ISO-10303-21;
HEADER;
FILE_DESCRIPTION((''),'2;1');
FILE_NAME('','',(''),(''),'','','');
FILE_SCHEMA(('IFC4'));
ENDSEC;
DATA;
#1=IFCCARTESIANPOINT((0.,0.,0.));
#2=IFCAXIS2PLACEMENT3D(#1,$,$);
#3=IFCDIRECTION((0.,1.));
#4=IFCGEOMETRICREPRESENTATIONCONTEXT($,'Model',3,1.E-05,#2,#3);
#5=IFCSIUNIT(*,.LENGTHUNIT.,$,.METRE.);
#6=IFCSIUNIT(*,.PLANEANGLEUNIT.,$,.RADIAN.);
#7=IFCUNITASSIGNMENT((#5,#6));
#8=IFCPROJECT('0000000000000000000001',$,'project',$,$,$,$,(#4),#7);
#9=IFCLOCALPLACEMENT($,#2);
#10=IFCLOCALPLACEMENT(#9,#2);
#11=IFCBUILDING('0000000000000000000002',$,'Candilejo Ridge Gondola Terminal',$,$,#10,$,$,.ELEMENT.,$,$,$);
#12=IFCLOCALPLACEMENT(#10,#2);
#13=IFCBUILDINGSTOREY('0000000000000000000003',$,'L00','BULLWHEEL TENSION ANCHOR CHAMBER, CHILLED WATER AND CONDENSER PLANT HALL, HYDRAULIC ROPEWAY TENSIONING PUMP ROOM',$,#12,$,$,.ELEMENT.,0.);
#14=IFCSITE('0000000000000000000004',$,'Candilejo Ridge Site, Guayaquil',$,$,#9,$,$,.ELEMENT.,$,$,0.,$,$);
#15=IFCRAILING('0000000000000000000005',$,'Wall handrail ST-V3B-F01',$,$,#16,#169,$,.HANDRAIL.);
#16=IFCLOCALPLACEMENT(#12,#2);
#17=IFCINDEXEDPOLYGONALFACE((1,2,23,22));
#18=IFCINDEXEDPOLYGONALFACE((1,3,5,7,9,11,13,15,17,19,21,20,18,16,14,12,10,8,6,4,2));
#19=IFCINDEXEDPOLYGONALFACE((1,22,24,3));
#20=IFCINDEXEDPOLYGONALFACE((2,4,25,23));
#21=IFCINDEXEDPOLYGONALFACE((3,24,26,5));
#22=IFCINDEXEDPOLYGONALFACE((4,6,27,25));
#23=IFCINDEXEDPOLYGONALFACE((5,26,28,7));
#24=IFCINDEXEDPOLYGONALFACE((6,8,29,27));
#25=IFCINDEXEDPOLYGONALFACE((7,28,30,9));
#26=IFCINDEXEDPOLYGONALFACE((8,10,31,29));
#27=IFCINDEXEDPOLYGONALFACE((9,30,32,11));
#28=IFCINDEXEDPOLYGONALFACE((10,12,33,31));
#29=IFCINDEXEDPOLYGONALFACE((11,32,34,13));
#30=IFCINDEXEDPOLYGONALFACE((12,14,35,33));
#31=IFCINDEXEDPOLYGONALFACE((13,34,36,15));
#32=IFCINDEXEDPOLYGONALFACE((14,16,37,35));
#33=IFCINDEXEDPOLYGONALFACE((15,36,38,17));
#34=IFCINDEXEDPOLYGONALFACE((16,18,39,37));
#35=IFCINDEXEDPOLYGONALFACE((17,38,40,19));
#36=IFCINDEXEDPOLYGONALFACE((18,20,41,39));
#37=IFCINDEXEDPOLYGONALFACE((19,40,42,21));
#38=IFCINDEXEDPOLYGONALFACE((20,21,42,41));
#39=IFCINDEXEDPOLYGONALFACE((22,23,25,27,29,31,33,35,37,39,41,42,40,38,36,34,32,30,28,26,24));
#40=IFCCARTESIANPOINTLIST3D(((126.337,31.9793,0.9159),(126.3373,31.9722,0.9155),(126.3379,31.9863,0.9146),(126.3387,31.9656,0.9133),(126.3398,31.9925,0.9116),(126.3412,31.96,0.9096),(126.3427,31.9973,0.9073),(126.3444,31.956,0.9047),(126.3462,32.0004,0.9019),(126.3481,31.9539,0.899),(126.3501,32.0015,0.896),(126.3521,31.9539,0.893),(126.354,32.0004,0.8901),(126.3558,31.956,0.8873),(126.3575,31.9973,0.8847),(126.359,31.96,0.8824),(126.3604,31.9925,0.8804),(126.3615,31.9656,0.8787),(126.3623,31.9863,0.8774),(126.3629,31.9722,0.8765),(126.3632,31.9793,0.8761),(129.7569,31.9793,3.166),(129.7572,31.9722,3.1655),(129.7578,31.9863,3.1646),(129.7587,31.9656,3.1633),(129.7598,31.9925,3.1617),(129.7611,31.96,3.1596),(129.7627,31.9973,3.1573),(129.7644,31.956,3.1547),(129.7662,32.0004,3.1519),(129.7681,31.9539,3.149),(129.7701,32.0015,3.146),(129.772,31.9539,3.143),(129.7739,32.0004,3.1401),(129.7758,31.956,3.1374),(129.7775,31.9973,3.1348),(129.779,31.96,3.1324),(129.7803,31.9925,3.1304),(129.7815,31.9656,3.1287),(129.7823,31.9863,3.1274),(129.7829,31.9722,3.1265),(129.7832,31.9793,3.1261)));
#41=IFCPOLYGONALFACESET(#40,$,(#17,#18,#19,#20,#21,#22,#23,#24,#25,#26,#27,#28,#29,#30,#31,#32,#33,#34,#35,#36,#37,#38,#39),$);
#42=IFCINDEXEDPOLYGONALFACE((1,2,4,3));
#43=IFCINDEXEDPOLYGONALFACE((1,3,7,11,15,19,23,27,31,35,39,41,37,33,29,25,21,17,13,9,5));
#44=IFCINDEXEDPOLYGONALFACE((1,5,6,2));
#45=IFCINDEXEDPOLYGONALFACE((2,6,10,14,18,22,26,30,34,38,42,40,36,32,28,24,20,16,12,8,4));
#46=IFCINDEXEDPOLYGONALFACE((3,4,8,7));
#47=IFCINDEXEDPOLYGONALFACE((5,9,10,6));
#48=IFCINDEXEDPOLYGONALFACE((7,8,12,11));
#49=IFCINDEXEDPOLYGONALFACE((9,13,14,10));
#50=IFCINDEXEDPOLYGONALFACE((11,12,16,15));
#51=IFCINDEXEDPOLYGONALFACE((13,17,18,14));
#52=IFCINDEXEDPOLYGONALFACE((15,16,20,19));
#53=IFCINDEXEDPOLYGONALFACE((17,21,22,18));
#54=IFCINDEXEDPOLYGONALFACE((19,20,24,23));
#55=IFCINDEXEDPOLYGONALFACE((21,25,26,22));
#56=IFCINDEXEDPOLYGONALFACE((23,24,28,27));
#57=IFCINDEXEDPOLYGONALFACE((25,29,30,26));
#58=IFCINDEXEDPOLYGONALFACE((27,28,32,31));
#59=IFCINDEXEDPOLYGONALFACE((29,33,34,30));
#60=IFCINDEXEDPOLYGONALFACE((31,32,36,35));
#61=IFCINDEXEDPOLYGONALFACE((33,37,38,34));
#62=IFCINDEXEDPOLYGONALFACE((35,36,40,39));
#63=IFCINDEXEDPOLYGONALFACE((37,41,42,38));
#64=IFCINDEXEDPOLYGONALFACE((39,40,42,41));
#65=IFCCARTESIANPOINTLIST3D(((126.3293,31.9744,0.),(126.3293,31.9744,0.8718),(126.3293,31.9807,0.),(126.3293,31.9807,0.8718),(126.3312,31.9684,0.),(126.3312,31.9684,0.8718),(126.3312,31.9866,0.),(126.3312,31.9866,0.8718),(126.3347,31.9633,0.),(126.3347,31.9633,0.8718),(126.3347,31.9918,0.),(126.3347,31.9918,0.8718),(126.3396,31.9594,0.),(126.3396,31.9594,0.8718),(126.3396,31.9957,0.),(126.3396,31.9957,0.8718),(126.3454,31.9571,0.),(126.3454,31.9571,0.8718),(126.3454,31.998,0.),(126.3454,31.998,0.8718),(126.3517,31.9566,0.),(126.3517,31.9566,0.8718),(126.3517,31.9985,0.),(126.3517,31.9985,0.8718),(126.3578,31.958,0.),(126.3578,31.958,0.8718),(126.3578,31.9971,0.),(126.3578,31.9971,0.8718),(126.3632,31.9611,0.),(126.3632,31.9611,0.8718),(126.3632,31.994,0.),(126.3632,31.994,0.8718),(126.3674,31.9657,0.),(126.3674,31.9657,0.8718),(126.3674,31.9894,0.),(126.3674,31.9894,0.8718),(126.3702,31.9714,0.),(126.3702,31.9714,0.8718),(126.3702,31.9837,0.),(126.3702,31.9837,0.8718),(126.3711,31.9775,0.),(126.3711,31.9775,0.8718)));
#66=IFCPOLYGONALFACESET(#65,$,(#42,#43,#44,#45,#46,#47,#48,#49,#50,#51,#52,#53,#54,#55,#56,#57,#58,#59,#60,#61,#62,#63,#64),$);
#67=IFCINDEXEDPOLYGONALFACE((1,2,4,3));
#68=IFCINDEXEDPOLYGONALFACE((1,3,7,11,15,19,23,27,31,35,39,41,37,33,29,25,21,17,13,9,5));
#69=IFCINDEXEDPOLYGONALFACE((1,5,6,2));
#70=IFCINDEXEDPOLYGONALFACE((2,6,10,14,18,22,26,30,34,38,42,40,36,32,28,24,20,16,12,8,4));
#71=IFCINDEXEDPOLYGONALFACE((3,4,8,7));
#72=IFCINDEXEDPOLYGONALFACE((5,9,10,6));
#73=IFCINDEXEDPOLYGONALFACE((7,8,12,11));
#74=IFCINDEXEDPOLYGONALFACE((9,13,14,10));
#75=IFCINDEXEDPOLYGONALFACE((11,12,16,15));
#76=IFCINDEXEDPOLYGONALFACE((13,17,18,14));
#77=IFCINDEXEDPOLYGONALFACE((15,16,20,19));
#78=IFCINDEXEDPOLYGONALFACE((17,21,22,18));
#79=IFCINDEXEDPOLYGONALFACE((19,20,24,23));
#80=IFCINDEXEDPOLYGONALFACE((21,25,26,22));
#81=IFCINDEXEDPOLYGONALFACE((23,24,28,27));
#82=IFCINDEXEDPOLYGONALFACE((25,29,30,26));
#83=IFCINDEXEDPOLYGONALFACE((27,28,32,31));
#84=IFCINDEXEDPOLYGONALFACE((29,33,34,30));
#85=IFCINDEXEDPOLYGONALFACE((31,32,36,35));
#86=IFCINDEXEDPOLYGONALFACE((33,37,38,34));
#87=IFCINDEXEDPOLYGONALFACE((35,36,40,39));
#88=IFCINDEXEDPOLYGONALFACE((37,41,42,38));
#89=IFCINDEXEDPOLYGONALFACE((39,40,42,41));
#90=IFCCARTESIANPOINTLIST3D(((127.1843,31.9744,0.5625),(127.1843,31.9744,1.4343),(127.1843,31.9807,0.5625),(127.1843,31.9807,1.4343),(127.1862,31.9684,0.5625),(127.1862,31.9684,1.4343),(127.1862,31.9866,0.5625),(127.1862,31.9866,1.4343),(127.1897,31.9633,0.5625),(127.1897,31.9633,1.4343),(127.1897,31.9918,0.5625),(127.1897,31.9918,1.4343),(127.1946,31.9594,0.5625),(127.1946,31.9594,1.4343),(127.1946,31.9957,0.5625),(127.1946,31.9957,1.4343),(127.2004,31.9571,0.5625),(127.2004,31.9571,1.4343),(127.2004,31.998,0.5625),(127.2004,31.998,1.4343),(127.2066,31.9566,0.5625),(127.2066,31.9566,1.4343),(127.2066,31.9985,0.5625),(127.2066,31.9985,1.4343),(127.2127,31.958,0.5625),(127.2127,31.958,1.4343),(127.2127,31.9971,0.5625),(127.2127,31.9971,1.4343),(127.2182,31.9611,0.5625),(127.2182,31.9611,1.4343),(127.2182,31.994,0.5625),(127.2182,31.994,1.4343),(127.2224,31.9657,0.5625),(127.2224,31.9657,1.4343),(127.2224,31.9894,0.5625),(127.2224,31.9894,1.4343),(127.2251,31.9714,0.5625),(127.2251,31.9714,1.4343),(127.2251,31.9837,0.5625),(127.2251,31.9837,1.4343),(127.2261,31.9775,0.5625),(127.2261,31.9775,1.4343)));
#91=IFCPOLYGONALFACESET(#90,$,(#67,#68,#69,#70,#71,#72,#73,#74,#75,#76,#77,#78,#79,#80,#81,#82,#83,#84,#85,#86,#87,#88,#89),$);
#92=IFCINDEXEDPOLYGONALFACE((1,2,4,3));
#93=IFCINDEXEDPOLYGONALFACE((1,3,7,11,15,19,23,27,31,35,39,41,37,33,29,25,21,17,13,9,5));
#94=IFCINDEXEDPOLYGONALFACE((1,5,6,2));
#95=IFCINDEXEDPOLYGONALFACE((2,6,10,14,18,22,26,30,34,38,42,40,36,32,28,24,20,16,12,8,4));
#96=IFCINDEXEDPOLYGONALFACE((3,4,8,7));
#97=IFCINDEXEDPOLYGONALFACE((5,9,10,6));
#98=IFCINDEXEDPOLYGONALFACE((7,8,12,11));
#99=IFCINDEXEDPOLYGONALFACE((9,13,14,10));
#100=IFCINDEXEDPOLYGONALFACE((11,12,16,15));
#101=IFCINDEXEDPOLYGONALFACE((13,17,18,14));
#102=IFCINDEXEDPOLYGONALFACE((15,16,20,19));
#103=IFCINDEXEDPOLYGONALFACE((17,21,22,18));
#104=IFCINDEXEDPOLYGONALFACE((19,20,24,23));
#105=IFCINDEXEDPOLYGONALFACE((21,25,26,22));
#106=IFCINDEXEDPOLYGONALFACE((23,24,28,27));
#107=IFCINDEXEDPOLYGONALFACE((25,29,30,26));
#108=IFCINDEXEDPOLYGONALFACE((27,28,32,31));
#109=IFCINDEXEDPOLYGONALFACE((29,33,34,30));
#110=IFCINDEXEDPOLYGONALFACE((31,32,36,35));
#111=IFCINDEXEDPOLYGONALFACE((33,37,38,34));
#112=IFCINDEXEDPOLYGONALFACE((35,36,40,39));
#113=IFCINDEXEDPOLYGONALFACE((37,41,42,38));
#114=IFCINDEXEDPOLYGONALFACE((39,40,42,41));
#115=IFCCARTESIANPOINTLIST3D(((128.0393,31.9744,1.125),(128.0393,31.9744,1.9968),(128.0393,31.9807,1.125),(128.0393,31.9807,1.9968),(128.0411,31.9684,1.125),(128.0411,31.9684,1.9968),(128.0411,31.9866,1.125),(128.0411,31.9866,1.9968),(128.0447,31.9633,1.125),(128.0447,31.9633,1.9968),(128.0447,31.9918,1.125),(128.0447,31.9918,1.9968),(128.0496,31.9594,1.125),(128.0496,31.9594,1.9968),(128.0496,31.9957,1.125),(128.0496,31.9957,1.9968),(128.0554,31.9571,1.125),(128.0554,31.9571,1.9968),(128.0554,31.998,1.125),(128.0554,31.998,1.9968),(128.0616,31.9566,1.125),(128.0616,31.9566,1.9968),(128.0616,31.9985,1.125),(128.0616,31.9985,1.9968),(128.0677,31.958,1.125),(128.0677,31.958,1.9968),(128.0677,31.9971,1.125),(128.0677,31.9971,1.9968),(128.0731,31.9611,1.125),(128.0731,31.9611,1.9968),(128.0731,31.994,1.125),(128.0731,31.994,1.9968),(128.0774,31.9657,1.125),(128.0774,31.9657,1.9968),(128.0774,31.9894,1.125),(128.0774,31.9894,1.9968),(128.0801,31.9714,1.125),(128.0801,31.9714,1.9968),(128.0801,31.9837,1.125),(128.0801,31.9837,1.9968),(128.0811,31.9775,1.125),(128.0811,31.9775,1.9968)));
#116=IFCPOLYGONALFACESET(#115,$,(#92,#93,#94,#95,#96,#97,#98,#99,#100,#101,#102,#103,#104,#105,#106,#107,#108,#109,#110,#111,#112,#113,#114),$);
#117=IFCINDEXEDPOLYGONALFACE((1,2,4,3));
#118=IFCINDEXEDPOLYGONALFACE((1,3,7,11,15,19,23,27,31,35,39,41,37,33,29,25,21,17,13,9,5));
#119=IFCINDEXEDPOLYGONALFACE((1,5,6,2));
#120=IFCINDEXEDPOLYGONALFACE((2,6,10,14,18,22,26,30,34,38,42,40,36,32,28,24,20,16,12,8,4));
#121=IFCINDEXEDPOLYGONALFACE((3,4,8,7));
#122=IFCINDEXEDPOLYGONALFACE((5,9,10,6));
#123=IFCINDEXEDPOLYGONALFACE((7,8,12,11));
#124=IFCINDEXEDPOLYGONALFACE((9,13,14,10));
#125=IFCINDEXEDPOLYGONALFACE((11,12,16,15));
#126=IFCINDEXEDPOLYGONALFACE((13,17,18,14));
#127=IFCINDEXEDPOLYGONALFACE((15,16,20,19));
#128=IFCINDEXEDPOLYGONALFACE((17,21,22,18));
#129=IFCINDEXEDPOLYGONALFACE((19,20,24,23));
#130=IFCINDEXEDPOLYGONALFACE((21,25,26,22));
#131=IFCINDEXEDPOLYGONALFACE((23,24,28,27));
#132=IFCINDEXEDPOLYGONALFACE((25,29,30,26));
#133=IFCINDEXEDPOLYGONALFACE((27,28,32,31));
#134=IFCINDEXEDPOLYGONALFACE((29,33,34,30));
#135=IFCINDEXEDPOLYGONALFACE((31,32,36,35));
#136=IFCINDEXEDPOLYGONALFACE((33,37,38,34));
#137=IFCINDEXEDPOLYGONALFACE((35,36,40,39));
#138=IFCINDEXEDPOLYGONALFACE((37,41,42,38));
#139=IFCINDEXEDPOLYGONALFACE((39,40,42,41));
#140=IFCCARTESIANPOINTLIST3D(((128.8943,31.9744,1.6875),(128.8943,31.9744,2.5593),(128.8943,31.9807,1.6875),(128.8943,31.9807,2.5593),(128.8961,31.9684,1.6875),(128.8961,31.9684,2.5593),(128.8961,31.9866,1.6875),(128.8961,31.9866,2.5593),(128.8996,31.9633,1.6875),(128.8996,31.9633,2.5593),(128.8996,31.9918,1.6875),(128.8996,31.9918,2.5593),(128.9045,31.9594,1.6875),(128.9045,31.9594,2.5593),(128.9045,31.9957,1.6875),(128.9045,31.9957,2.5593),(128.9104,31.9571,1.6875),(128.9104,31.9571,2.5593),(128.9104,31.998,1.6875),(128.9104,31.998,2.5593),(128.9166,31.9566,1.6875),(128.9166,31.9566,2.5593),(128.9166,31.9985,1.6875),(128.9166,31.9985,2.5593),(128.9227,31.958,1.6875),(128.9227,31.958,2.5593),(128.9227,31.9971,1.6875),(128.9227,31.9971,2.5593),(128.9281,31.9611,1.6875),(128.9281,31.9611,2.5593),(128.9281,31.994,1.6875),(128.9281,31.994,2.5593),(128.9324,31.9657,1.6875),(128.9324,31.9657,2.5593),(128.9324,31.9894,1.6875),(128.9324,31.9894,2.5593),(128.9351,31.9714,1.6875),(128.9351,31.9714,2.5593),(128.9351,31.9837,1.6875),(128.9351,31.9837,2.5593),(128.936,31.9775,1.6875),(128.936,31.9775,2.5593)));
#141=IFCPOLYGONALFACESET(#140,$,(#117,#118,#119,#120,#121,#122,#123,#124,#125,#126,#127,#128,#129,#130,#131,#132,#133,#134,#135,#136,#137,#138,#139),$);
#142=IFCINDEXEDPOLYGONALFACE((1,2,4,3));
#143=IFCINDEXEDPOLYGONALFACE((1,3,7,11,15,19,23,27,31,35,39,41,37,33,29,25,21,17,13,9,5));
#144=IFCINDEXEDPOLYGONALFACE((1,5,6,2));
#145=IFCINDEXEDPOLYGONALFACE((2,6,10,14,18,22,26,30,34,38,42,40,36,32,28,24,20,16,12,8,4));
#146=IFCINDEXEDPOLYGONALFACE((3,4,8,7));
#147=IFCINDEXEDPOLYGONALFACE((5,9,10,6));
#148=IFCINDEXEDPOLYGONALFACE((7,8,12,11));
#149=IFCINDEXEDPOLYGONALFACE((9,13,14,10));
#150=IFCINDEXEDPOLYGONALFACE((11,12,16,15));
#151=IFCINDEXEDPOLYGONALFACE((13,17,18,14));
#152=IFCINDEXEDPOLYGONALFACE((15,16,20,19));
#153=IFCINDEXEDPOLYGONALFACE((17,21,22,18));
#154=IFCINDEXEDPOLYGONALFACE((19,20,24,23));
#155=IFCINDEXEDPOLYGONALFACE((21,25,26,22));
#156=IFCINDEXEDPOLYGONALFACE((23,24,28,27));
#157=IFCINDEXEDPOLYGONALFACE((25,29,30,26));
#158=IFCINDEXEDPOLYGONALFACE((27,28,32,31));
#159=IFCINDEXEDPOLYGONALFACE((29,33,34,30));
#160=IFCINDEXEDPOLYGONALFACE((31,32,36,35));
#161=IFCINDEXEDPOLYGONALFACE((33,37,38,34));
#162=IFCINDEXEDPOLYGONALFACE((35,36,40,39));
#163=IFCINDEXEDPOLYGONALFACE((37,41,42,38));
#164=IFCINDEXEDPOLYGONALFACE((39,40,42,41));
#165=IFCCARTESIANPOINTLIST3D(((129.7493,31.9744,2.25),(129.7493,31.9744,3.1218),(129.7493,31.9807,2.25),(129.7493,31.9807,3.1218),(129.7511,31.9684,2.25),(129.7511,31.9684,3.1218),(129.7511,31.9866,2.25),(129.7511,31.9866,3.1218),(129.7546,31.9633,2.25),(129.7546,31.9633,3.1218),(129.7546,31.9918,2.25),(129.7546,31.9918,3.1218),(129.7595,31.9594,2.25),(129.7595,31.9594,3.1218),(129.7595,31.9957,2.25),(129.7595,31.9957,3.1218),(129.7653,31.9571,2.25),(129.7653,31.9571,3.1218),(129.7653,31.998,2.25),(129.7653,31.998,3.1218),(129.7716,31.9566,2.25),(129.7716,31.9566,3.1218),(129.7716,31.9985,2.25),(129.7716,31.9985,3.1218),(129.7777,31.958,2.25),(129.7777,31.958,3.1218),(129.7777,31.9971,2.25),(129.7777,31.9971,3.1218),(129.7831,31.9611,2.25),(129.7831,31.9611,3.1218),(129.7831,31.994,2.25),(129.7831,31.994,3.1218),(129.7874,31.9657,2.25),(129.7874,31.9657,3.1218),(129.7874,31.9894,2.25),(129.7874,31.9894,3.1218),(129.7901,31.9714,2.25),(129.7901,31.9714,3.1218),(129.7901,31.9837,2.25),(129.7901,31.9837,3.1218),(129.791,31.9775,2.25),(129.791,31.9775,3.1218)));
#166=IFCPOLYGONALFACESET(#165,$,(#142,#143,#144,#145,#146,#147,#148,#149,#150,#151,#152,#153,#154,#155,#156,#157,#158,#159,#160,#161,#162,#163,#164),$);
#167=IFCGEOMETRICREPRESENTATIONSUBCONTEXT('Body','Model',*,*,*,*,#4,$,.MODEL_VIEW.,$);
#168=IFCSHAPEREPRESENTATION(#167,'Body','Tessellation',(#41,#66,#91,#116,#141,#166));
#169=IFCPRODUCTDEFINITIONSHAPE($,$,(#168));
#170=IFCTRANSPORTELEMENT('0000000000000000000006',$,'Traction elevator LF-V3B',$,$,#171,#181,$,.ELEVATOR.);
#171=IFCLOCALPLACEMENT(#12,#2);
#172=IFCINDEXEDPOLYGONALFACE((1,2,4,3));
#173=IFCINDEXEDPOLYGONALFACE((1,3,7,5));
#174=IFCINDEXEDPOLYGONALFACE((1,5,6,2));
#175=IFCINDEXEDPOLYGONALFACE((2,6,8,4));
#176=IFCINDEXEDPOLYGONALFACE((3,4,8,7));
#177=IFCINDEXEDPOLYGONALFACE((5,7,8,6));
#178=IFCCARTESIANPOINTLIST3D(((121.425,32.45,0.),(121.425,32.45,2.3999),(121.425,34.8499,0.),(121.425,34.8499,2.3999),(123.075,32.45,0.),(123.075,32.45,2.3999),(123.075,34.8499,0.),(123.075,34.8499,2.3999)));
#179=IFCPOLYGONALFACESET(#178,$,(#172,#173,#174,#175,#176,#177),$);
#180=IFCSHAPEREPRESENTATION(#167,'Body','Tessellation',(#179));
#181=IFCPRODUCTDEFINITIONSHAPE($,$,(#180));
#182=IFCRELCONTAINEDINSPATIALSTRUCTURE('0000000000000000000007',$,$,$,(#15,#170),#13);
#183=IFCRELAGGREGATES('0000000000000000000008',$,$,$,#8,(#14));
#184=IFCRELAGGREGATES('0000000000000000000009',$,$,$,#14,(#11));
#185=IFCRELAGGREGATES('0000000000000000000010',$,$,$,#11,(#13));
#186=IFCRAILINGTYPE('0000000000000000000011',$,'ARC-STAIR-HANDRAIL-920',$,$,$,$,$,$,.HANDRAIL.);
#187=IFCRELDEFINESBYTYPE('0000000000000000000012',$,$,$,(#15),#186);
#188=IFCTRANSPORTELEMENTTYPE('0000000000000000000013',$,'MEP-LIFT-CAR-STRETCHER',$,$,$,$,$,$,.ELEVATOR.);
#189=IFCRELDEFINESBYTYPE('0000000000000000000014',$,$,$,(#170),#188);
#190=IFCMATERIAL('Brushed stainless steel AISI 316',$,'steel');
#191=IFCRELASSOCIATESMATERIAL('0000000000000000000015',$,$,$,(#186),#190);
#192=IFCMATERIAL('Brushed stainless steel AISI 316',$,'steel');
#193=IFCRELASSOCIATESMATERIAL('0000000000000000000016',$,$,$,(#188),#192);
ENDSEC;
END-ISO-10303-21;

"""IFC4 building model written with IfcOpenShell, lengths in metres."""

from ifc_helpers import new_model, si_unit, direction, frame, origin, origin_2d, place, context, subcontext, project, spatial, rectangle, circle, extrude, material, type_object, element, save


model = new_model("IFC4")

# Units and contexts
model_context = context("Model", 3, precision=1e-05, world=origin(), true_north=direction((0.0, 1.0)))
body_context = subcontext(model_context, "Body", "Model", "MODEL_VIEW")
ifc_project = project(units=[si_unit("LENGTHUNIT", "METRE"), si_unit("PLANEANGLEUNIT", "RADIAN")], contexts=[model_context])

# Site, building, storey
site_placement = place(None, origin())
site = spatial("IfcSite", under=ifc_project, at=site_placement, Name="Candilejo Ridge Site, Guayaquil", CompositionType="ELEMENT", RefElevation=0.0)
building_placement = place(site_placement, origin())
building = spatial("IfcBuilding", under=site, at=building_placement, Name="Candilejo Ridge Gondola Terminal", CompositionType="ELEMENT")
storey_placement = place(building_placement, origin())
storey = spatial("IfcBuildingStorey", under=building, at=storey_placement, Name="L00", Description="BULLWHEEL TENSION ANCHOR CHAMBER, CHILLED WATER AND CONDENSER PLANT HALL, HYDRAULIC ROPEWAY TENSIONING PUMP ROOM", CompositionType="ELEMENT", Elevation=0.0)

# Railing
ifc_material_1 = material(Name="Brushed stainless steel AISI 316", Category="steel")
railing_type_1 = type_object("IfcRailingType", Name="ARC-STAIR-HANDRAIL-920", PredefinedType="HANDRAIL", material=ifc_material_1)
railing_1_placement = place(storey_placement, frame((126.3501, 31.9775, 0.0)))
element("IfcRailing", 1, at=railing_1_placement, inside=storey, type_object=railing_type_1, Name="Wall handrail ST-V3B-F01", PredefinedType="HANDRAIL", context=body_context, shape_type="SweptSolid", body=[
    extrude(circle(Radius=0.0239, at=origin_2d()), frame((0.0, 0.0, 0.896), z_axis=(0.835411, 0.0, 0.549625), x_axis=(0.0, 1.0, 0.0)), (0.0, 0.0, 1.0), 4.0938),
    extrude(circle(Radius=0.021, at=origin_2d()), origin(), (0.0, 0.0, 1.0), 0.8718),
    extrude(circle(Radius=0.021, at=origin_2d()), frame((0.855, 0.0, 0.5625)), (0.0, 0.0, 1.0), 0.8718),
    extrude(circle(Radius=0.021, at=origin_2d()), frame((1.71, 0.0, 1.125)), (0.0, 0.0, 1.0), 0.8718),
    extrude(circle(Radius=0.021, at=origin_2d()), frame((2.5649, 0.0, 1.6875)), (0.0, 0.0, 1.0), 0.8718),
    extrude(circle(Radius=0.021, at=origin_2d()), frame((3.4199, 0.0, 2.25)), (0.0, 0.0, 1.0), 0.8718),
])

# Transport element
ifc_material_2 = material(Name="Brushed stainless steel AISI 316", Category="steel")
transport_element_type = type_object("IfcTransportElementType", Name="MEP-LIFT-CAR-STRETCHER", PredefinedType="ELEVATOR", material=ifc_material_2)
transport_element_placement = place(storey_placement, frame((122.25, 33.6499, 0.0), z_axis=(0.0, 0.0, 1.0), x_axis=(1.0, 0.0, 0.0)))
element("IfcTransportElement", 2, at=transport_element_placement, inside=storey, type_object=transport_element_type, Name="Traction elevator LF-V3B", PredefinedType="ELEVATOR", context=body_context, shape_type="SweptSolid", body=[
    extrude(rectangle(XDim=1.6499, YDim=2.3999, at=origin_2d()), origin(), (0.0, 0.0, 1.0), 2.3999),
])

save(model, "model.ifc")
